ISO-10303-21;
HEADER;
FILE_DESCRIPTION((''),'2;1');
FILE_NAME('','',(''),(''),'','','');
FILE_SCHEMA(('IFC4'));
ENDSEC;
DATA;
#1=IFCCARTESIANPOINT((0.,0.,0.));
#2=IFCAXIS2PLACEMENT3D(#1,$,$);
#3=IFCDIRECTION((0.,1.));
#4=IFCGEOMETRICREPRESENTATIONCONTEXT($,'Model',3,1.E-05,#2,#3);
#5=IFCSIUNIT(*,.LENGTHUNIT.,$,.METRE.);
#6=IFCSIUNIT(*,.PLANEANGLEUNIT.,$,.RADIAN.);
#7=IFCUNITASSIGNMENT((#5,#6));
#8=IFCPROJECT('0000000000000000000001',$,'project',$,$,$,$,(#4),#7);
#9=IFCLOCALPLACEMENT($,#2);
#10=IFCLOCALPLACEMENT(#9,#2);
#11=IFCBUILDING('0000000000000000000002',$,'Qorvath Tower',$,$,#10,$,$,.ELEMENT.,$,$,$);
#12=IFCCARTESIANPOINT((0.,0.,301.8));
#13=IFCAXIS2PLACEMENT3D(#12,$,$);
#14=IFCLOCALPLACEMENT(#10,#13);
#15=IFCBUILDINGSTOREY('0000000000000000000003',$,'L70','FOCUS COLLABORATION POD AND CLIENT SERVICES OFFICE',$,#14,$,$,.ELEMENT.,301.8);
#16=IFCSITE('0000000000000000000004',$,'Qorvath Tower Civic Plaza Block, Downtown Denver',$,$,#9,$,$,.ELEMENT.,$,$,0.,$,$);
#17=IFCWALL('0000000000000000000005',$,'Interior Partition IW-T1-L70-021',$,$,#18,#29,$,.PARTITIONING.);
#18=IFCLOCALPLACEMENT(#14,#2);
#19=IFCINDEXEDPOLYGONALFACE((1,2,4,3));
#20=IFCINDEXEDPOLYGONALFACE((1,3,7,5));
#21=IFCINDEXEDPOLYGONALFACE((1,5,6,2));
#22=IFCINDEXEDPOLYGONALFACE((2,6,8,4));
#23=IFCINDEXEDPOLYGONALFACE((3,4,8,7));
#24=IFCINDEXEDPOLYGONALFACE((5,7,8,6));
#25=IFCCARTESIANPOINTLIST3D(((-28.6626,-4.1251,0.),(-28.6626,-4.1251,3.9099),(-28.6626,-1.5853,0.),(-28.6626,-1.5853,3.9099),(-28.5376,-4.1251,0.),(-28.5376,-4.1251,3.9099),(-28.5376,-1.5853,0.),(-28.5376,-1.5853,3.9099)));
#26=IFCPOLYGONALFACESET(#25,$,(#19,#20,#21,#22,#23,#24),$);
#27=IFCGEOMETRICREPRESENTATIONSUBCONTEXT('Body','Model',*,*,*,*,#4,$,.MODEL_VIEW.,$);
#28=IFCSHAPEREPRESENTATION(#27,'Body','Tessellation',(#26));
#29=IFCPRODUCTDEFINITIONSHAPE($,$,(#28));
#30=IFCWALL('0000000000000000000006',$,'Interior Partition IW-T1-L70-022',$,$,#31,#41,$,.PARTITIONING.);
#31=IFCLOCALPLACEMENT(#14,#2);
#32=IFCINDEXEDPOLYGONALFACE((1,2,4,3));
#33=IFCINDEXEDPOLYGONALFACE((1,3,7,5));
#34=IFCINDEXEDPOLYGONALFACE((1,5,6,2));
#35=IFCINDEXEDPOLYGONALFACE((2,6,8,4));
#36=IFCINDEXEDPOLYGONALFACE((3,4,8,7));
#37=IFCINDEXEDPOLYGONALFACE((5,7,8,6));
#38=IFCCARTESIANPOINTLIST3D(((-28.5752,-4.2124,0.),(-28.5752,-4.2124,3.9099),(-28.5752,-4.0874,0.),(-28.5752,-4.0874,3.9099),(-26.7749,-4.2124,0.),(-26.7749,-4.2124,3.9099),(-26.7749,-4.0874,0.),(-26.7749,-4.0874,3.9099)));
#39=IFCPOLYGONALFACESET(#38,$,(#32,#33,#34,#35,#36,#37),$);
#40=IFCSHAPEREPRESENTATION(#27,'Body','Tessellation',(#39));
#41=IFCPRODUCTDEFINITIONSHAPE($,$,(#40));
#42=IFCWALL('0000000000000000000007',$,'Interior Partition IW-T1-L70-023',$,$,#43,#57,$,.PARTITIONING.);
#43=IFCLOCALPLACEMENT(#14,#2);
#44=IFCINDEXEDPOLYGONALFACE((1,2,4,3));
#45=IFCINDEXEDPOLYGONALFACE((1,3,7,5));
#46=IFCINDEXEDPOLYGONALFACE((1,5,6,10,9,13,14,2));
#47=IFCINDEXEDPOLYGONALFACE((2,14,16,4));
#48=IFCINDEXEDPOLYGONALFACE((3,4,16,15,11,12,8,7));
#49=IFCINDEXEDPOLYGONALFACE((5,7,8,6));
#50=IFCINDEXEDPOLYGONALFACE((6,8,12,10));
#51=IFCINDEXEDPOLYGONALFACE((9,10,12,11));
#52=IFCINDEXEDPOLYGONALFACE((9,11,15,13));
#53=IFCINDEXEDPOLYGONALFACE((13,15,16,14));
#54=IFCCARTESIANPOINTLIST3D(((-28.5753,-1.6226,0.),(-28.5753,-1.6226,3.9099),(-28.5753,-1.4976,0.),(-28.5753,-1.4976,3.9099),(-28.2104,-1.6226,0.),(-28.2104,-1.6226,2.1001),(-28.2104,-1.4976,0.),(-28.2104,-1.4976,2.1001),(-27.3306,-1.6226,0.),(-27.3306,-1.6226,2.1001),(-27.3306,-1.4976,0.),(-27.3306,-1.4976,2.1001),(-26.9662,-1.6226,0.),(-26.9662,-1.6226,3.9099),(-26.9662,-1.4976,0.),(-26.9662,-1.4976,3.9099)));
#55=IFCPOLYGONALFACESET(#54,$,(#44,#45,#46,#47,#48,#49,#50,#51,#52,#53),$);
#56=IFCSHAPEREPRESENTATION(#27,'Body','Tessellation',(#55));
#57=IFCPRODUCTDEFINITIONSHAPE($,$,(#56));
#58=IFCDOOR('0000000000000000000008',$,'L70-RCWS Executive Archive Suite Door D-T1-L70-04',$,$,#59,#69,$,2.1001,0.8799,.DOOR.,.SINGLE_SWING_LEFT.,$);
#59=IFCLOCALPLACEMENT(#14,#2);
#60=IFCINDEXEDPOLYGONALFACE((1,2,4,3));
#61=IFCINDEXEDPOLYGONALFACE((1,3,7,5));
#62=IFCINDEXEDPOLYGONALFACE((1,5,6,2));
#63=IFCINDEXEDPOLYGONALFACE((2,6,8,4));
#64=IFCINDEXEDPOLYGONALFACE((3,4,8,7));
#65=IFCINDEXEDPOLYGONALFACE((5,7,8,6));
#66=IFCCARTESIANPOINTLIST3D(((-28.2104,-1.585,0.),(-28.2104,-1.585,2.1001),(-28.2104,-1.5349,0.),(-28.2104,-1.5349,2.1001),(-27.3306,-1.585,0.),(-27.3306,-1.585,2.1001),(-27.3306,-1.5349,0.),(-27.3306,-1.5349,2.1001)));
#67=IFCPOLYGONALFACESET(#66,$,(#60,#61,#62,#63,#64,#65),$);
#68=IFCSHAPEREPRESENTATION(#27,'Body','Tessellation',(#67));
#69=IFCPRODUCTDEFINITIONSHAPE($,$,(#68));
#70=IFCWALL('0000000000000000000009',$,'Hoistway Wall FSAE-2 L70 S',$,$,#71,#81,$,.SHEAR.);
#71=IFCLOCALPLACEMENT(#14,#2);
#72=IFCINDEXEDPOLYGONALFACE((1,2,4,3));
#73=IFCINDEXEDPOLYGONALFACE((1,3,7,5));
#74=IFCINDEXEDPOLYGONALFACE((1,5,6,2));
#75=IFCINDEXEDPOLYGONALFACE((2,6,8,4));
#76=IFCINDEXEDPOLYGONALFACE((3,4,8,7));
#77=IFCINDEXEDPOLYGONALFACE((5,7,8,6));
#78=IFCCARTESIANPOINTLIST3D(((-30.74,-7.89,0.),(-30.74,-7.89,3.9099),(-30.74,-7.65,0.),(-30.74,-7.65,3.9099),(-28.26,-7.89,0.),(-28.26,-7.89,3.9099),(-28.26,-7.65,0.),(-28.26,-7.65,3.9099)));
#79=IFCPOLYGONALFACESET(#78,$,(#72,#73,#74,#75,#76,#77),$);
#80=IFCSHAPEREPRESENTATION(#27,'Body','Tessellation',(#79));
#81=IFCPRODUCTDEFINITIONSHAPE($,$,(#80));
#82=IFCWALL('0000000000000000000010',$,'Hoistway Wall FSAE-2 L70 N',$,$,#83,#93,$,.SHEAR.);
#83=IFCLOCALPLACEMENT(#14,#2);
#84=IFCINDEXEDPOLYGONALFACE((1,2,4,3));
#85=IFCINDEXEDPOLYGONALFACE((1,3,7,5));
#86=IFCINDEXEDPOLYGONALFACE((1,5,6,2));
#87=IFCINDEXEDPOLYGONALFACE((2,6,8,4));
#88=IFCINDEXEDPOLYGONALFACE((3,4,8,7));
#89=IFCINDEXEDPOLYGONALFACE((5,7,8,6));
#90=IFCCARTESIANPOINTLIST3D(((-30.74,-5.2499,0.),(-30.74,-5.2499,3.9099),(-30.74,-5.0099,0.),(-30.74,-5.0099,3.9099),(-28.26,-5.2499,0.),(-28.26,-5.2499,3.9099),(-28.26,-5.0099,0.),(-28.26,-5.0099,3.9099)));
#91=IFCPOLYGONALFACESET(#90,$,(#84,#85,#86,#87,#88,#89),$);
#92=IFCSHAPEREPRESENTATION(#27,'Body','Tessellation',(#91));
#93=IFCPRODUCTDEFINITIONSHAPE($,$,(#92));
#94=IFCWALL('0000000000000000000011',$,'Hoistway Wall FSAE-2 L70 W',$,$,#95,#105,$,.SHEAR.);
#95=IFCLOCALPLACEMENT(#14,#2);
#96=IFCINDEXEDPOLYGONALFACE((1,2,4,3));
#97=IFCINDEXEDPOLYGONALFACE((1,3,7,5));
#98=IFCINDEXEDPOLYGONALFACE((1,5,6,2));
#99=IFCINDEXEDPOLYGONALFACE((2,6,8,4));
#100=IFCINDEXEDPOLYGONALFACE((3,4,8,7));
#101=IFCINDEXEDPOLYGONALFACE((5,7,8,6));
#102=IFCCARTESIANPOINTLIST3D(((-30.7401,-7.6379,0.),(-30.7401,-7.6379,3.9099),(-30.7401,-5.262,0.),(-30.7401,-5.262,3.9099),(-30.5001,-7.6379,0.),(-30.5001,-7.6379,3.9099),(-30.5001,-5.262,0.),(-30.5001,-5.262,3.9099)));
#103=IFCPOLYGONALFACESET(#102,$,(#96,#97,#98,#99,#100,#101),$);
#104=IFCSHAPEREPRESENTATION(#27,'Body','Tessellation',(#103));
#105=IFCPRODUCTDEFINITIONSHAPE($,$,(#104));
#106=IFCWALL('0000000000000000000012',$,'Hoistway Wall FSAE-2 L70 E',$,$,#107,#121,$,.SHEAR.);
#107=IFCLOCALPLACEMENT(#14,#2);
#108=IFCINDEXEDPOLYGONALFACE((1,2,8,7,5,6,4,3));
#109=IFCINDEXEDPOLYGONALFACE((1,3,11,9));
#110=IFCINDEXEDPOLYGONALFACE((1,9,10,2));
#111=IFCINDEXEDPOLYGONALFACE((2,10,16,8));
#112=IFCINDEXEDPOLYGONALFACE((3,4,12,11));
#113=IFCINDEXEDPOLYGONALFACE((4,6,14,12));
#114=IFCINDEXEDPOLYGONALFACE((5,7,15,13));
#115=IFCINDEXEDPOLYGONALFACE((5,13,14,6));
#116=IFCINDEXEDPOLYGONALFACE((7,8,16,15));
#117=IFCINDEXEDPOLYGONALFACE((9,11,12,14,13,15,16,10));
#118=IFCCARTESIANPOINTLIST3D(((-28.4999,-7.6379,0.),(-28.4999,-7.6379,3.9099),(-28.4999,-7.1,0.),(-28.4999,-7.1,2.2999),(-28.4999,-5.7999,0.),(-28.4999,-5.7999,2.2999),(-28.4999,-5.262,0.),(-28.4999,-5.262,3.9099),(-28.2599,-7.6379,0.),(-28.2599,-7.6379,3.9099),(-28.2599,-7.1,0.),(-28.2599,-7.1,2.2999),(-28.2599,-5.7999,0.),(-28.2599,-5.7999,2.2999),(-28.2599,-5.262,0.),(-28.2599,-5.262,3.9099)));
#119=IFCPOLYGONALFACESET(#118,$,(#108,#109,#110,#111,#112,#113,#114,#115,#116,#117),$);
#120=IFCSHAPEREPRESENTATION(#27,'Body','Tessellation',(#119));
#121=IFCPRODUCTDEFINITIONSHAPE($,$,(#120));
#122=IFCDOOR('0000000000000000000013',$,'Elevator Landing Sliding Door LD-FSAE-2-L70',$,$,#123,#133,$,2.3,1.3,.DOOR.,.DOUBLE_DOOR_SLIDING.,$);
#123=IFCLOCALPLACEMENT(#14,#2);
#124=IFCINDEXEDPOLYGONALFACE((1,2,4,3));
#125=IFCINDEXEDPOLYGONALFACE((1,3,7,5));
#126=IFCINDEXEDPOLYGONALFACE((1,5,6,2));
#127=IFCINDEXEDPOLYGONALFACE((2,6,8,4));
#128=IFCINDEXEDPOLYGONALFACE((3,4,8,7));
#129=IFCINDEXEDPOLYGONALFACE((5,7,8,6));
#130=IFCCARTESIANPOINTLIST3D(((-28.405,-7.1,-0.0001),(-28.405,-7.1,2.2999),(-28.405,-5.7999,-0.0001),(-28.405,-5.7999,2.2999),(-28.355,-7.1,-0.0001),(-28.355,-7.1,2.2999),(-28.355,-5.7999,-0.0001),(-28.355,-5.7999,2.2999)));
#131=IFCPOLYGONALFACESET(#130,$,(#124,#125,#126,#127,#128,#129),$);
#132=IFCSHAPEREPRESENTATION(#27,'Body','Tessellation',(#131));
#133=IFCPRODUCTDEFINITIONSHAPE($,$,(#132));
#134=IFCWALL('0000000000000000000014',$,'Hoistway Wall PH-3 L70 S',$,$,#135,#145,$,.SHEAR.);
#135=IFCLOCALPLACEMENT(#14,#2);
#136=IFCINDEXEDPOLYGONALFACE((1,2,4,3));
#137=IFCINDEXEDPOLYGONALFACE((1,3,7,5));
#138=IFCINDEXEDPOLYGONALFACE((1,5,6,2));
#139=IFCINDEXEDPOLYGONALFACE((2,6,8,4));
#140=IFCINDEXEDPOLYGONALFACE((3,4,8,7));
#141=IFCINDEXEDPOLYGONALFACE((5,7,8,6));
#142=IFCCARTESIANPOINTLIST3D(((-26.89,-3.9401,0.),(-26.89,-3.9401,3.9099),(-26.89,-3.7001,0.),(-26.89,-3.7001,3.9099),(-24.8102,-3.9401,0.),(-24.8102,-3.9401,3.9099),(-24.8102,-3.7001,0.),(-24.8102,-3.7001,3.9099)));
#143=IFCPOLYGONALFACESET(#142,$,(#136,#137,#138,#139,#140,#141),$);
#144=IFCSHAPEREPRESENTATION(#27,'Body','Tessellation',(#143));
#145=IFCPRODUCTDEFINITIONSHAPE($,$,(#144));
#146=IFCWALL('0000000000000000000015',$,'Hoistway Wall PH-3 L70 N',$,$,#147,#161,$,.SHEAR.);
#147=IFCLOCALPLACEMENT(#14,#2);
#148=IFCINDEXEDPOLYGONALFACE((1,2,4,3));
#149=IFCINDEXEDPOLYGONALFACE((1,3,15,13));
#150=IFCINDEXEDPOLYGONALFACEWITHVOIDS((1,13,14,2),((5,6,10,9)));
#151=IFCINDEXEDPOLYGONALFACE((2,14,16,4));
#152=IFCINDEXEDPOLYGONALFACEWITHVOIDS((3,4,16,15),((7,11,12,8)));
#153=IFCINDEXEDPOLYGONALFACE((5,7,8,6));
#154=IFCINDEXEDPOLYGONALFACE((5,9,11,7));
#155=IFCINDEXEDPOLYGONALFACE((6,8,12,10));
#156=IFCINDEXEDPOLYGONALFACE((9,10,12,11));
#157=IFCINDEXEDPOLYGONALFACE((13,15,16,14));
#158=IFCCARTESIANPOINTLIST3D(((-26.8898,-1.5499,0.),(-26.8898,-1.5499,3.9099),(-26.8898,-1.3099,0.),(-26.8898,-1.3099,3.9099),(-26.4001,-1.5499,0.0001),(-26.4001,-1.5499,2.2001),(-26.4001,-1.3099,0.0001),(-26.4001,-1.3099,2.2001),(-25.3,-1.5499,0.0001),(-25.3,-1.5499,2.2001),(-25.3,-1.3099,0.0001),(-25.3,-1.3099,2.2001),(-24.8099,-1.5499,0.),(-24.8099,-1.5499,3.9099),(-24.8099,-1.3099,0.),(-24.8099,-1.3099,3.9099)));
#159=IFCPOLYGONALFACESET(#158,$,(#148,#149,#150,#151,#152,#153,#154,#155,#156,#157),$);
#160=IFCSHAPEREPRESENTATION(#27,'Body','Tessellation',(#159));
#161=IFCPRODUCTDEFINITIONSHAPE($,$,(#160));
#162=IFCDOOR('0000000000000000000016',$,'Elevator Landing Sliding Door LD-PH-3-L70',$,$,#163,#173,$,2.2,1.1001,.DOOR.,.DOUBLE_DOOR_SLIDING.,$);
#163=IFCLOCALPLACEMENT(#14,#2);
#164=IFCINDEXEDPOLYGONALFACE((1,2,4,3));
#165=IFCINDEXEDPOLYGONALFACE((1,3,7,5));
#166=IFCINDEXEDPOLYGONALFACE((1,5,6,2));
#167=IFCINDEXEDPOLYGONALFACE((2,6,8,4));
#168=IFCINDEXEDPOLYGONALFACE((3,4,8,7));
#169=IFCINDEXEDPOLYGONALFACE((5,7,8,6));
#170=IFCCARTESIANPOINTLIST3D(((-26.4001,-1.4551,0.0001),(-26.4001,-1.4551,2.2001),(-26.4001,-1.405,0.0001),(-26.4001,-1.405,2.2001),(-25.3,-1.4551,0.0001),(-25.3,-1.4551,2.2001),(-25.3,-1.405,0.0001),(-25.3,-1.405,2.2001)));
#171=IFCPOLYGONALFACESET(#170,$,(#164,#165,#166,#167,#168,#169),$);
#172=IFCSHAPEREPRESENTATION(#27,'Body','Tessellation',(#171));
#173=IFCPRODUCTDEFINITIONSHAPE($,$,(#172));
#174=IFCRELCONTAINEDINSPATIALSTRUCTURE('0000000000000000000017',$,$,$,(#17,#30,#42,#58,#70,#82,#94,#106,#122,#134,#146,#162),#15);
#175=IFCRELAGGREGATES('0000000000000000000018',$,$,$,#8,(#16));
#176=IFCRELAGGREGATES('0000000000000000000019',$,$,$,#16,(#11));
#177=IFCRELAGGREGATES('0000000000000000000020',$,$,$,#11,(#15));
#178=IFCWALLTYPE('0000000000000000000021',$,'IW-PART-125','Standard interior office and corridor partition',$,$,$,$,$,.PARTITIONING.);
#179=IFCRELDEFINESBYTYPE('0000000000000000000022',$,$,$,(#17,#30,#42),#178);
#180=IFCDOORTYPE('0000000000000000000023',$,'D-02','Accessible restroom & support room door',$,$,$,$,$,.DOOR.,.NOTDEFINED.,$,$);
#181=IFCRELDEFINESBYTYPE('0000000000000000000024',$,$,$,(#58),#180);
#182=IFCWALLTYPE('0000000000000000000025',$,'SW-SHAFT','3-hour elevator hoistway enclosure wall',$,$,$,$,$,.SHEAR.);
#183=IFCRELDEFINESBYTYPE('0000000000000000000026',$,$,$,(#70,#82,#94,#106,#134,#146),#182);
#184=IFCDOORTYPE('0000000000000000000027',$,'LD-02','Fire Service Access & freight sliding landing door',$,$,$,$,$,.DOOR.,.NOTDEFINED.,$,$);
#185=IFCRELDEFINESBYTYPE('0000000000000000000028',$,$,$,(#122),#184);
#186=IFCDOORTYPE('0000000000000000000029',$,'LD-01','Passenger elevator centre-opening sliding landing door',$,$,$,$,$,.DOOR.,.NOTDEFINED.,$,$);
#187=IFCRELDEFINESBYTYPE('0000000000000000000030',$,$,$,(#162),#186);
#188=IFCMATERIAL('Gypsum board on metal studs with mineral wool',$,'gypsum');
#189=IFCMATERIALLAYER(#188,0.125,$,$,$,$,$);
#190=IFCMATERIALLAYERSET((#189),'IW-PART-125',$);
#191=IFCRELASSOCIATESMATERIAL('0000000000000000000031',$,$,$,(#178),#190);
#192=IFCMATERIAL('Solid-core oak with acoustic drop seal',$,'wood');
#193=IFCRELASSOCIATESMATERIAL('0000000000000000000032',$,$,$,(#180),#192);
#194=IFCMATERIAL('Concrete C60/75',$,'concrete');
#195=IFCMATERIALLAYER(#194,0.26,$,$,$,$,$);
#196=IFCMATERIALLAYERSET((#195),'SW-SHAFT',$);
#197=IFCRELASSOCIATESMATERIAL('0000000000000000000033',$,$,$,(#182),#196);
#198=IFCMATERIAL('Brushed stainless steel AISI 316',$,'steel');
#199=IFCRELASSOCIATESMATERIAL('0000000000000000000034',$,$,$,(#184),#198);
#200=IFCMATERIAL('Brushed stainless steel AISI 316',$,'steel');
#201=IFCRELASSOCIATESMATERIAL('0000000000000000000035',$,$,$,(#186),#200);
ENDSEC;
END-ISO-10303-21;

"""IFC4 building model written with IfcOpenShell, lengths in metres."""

from ifc_helpers import new_model, si_unit, direction, frame, frame_2d, origin, place, context, subcontext, project, spatial, rectangle, extrude, material, layer, layer_set, type_object, element, fill, save


model = new_model("IFC4")

# Units and contexts
model_context = context("Model", 3, precision=1e-05, world=origin(), true_north=direction((0.0, 1.0)))
body_context = subcontext(model_context, "Body", "Model", "MODEL_VIEW")
ifc_project = project(units=[si_unit("LENGTHUNIT", "METRE"), si_unit("PLANEANGLEUNIT", "RADIAN")], contexts=[model_context])

# Site, building, storey
site_placement = place(None, origin())
site = spatial("IfcSite", under=ifc_project, at=site_placement, Name="Qorvath Tower Civic Plaza Block, Downtown Denver", CompositionType="ELEMENT", RefElevation=0.0)
building_placement = place(site_placement, origin())
building = spatial("IfcBuilding", under=site, at=building_placement, Name="Qorvath Tower", CompositionType="ELEMENT")
storey_placement = place(building_placement, frame((0.0, 0.0, 301.8)))
storey = spatial("IfcBuildingStorey", under=building, at=storey_placement, Name="L70", Description="FOCUS COLLABORATION POD AND CLIENT SERVICES OFFICE", CompositionType="ELEMENT", Elevation=301.8)

# Walls
ifc_material_1 = material(Name="Gypsum board on metal studs with mineral wool", Category="gypsum")
ifc_layer_1 = layer(ifc_material_1, 0.125)
ifc_layer_set_1 = layer_set([ifc_layer_1], Name="IW-PART-125")
wall_type_1 = type_object("IfcWallType", Name="IW-PART-125", Description="Standard interior office and corridor partition", PredefinedType="PARTITIONING", material=ifc_layer_set_1)
wall_1_placement = place(storey_placement, frame((-28.6001, -1.5852, 0.0), z_axis=(0.0, 0.0, 1.0), x_axis=(0.0, -1.0, 0.0)))
element("IfcWall", 1, at=wall_1_placement, inside=storey, type_object=wall_type_1, Name="Interior Partition IW-T1-L70-021", PredefinedType="PARTITIONING", context=body_context, shape_type="SweptSolid", body=[
    extrude(rectangle(XDim=2.5398, YDim=0.125, at=frame_2d((1.27, 0.0))), origin(), (0.0, 0.0, 1.0), 3.9099),
])
wall_2_placement = place(storey_placement, frame((-28.5752, -4.1499, 0.0), z_axis=(0.0, 0.0, 1.0), x_axis=(1.0, 0.0, 0.0)))
element("IfcWall", 2, at=wall_2_placement, inside=storey, type_object=wall_type_1, Name="Interior Partition IW-T1-L70-022", PredefinedType="PARTITIONING", context=body_context, shape_type="SweptSolid", body=[
    extrude(rectangle(XDim=1.8003, YDim=0.125, at=frame_2d((0.9001, 0.0))), origin(), (0.0, 0.0, 1.0), 3.9099),
])

# Wall, opening, door
wall_3_placement = place(storey_placement, frame((-26.9661, -1.5601, 0.0), z_axis=(0.0, 0.0, 1.0), x_axis=(-1.0, 0.0, 0.0)))
wall_3 = element("IfcWall", 3, at=wall_3_placement, inside=storey, type_object=wall_type_1, Name="Interior Partition IW-T1-L70-023", PredefinedType="PARTITIONING", context=body_context, shape_type="SweptSolid", body=[
    extrude(rectangle(XDim=1.6091, YDim=0.125, at=frame_2d((0.8047, 0.0))), origin(), (0.0, 0.0, 1.0), 3.9099),
])
opening_1_placement = place(wall_3_placement, frame((0.3645, 0.0, 0.0)))
opening_1 = element("IfcOpeningElement", 4, at=opening_1_placement, cuts=wall_3, PredefinedType="OPENING", context=body_context, shape_type="SweptSolid", body=[
    extrude(rectangle(XDim=0.8799, YDim=2.1001, at=frame_2d((0.4399, 1.05))), frame((0.0, 0.0725, 0.0), z_axis=(0.0, -1.0, 0.0), x_axis=(1.0, 0.0, 0.0)), (0.0, 0.0, 1.0), 0.145),
])
ifc_material_2 = material(Name="Solid-core oak with acoustic drop seal", Category="wood")
door_type_1 = type_object("IfcDoorType", Name="D-02", Description="Accessible restroom & support room door", OperationType="NOTDEFINED", PredefinedType="DOOR", material=ifc_material_2)
door_1_placement = place(opening_1_placement, origin())
door_1 = element("IfcDoor", 5, at=door_1_placement, inside=storey, type_object=door_type_1, Name="L70-RCWS Executive Archive Suite Door D-T1-L70-04", OperationType="SINGLE_SWING_LEFT", OverallHeight=2.1001, OverallWidth=0.8799, PredefinedType="DOOR", context=body_context, shape_type="SweptSolid", body=[
    extrude(rectangle(XDim=0.8799, YDim=2.1001, at=frame_2d((0.4399, 1.05))), frame((0.0, 0.0249, 0.0), z_axis=(0.0, -1.0, 0.0), x_axis=(1.0, 0.0, 0.0)), (0.0, 0.0, 1.0), 0.05),
])
fill(opening_1, door_1)

# Walls
ifc_material_3 = material(Name="Concrete C60/75", Category="concrete")
ifc_layer_2 = layer(ifc_material_3, 0.26)
ifc_layer_set_2 = layer_set([ifc_layer_2], Name="SW-SHAFT")
wall_type_2 = type_object("IfcWallType", Name="SW-SHAFT", Description="3-hour elevator hoistway enclosure wall", PredefinedType="SHEAR", material=ifc_layer_set_2)
for number, where, z_axis, x_axis, name in (
    (6, (-28.26, -7.77, 0.0), (0.0, 0.0, 1.0), (-1.0, 0.0, 0.0), "Hoistway Wall FSAE-2 L70 S"),
    (7, (-30.74, -5.1299, 0.0), (0.0, 0.0, 1.0), (1.0, 0.0, 0.0), "Hoistway Wall FSAE-2 L70 N"),
):
    element("IfcWall", number, at=place(storey_placement, frame(where, z_axis=z_axis, x_axis=x_axis)), inside=storey, type_object=wall_type_2, Name=name, PredefinedType="SHEAR", context=body_context, shape_type="SweptSolid", body=[
        extrude(rectangle(XDim=2.48, YDim=0.24, at=frame_2d((1.24, 0.0))), origin(), (0.0, 0.0, 1.0), 3.9099),
    ])
wall_4_placement = place(storey_placement, frame((-30.6201, -7.6379, 0.0), z_axis=(0.0, 0.0, 1.0), x_axis=(0.0, 1.0, 0.0)))
element("IfcWall", 8, at=wall_4_placement, inside=storey, type_object=wall_type_2, Name="Hoistway Wall FSAE-2 L70 W", PredefinedType="SHEAR", context=body_context, shape_type="SweptSolid", body=[
    extrude(rectangle(XDim=2.376, YDim=0.24, at=frame_2d((1.188, 0.0))), origin(), (0.0, 0.0, 1.0), 3.9099),
])

# Wall, opening, door
wall_5_placement = place(storey_placement, frame((-28.3799, -5.262, 0.0), z_axis=(0.0, 0.0, 1.0), x_axis=(0.0, -1.0, 0.0)))
wall_5 = element("IfcWall", 9, at=wall_5_placement, inside=storey, type_object=wall_type_2, Name="Hoistway Wall FSAE-2 L70 E", PredefinedType="SHEAR", context=body_context, shape_type="SweptSolid", body=[
    extrude(rectangle(XDim=2.376, YDim=0.24, at=frame_2d((1.188, 0.0))), origin(), (0.0, 0.0, 1.0), 3.9099),
])
opening_2_placement = place(wall_5_placement, frame((0.5381, 0.0, 0.0)))
opening_2 = element("IfcOpeningElement", 10, at=opening_2_placement, cuts=wall_5, PredefinedType="OPENING", context=body_context, shape_type="SweptSolid", body=[
    extrude(rectangle(XDim=1.3, YDim=2.3, at=frame_2d((0.6499, 1.1499))), frame((0.0, 0.1299, 0.0), z_axis=(0.0, -1.0, 0.0), x_axis=(1.0, 0.0, 0.0)), (0.0, 0.0, 1.0), 0.26),
])
ifc_material_4 = material(Name="Brushed stainless steel AISI 316", Category="steel")
door_type_2 = type_object("IfcDoorType", Name="LD-02", Description="Fire Service Access & freight sliding landing door", OperationType="NOTDEFINED", PredefinedType="DOOR", material=ifc_material_4)
door_2_placement = place(opening_2_placement, origin())
door_2 = element("IfcDoor", 11, at=door_2_placement, inside=storey, type_object=door_type_2, Name="Elevator Landing Sliding Door LD-FSAE-2-L70", OperationType="DOUBLE_DOOR_SLIDING", OverallHeight=2.3, OverallWidth=1.3, PredefinedType="DOOR", context=body_context, shape_type="SweptSolid", body=[
    extrude(rectangle(XDim=1.3, YDim=2.3, at=frame_2d((0.6499, 1.1499))), frame((0.0, 0.0249, 0.0), z_axis=(0.0, -1.0, 0.0), x_axis=(1.0, 0.0, 0.0)), (0.0, 0.0, 1.0), 0.05),
])
fill(opening_2, door_2)

# Wall
wall_6_placement = place(storey_placement, frame((-24.8101, -3.8201, 0.0), z_axis=(0.0, 0.0, 1.0), x_axis=(-1.0, 0.0, 0.0)))
element("IfcWall", 12, at=wall_6_placement, inside=storey, type_object=wall_type_2, Name="Hoistway Wall PH-3 L70 S", PredefinedType="SHEAR", context=body_context, shape_type="SweptSolid", body=[
    extrude(rectangle(XDim=2.0798, YDim=0.24, at=frame_2d((1.04, 0.0))), origin(), (0.0, 0.0, 1.0), 3.9099),
])

# Wall, opening, door
wall_7_placement = place(storey_placement, frame((-26.8899, -1.4299, 0.0), z_axis=(0.0, 0.0, 1.0), x_axis=(1.0, 0.0, 0.0)))
wall_7 = element("IfcWall", 13, at=wall_7_placement, inside=storey, type_object=wall_type_2, Name="Hoistway Wall PH-3 L70 N", PredefinedType="SHEAR", context=body_context, shape_type="SweptSolid", body=[
    extrude(rectangle(XDim=2.0798, YDim=0.24, at=frame_2d((1.04, 0.0))), origin(), (0.0, 0.0, 1.0), 3.9099),
])
opening_3_placement = place(wall_7_placement, frame((0.4897, 0.0, 0.0)))
opening_3 = element("IfcOpeningElement", 14, at=opening_3_placement, cuts=wall_7, PredefinedType="OPENING", context=body_context, shape_type="SweptSolid", body=[
    extrude(rectangle(XDim=1.1001, YDim=2.2, at=frame_2d((0.55, 1.1001))), frame((0.0, 0.1299, 0.0), z_axis=(0.0, -1.0, 0.0), x_axis=(1.0, 0.0, 0.0)), (0.0, 0.0, 1.0), 0.26),
])
ifc_material_5 = material(Name="Brushed stainless steel AISI 316", Category="steel")
door_type_3 = type_object("IfcDoorType", Name="LD-01", Description="Passenger elevator centre-opening sliding landing door", OperationType="NOTDEFINED", PredefinedType="DOOR", material=ifc_material_5)
door_3_placement = place(opening_3_placement, origin())
door_3 = element("IfcDoor", 15, at=door_3_placement, inside=storey, type_object=door_type_3, Name="Elevator Landing Sliding Door LD-PH-3-L70", OperationType="DOUBLE_DOOR_SLIDING", OverallHeight=2.2, OverallWidth=1.1001, PredefinedType="DOOR", context=body_context, shape_type="SweptSolid", body=[
    extrude(rectangle(XDim=1.1001, YDim=2.2, at=frame_2d((0.55, 1.1001))), frame((0.0, 0.0249, 0.0), z_axis=(0.0, -1.0, 0.0), x_axis=(1.0, 0.0, 0.0)), (0.0, 0.0, 1.0), 0.05),
])
fill(opening_3, door_3)

save(model, "model.ifc")
